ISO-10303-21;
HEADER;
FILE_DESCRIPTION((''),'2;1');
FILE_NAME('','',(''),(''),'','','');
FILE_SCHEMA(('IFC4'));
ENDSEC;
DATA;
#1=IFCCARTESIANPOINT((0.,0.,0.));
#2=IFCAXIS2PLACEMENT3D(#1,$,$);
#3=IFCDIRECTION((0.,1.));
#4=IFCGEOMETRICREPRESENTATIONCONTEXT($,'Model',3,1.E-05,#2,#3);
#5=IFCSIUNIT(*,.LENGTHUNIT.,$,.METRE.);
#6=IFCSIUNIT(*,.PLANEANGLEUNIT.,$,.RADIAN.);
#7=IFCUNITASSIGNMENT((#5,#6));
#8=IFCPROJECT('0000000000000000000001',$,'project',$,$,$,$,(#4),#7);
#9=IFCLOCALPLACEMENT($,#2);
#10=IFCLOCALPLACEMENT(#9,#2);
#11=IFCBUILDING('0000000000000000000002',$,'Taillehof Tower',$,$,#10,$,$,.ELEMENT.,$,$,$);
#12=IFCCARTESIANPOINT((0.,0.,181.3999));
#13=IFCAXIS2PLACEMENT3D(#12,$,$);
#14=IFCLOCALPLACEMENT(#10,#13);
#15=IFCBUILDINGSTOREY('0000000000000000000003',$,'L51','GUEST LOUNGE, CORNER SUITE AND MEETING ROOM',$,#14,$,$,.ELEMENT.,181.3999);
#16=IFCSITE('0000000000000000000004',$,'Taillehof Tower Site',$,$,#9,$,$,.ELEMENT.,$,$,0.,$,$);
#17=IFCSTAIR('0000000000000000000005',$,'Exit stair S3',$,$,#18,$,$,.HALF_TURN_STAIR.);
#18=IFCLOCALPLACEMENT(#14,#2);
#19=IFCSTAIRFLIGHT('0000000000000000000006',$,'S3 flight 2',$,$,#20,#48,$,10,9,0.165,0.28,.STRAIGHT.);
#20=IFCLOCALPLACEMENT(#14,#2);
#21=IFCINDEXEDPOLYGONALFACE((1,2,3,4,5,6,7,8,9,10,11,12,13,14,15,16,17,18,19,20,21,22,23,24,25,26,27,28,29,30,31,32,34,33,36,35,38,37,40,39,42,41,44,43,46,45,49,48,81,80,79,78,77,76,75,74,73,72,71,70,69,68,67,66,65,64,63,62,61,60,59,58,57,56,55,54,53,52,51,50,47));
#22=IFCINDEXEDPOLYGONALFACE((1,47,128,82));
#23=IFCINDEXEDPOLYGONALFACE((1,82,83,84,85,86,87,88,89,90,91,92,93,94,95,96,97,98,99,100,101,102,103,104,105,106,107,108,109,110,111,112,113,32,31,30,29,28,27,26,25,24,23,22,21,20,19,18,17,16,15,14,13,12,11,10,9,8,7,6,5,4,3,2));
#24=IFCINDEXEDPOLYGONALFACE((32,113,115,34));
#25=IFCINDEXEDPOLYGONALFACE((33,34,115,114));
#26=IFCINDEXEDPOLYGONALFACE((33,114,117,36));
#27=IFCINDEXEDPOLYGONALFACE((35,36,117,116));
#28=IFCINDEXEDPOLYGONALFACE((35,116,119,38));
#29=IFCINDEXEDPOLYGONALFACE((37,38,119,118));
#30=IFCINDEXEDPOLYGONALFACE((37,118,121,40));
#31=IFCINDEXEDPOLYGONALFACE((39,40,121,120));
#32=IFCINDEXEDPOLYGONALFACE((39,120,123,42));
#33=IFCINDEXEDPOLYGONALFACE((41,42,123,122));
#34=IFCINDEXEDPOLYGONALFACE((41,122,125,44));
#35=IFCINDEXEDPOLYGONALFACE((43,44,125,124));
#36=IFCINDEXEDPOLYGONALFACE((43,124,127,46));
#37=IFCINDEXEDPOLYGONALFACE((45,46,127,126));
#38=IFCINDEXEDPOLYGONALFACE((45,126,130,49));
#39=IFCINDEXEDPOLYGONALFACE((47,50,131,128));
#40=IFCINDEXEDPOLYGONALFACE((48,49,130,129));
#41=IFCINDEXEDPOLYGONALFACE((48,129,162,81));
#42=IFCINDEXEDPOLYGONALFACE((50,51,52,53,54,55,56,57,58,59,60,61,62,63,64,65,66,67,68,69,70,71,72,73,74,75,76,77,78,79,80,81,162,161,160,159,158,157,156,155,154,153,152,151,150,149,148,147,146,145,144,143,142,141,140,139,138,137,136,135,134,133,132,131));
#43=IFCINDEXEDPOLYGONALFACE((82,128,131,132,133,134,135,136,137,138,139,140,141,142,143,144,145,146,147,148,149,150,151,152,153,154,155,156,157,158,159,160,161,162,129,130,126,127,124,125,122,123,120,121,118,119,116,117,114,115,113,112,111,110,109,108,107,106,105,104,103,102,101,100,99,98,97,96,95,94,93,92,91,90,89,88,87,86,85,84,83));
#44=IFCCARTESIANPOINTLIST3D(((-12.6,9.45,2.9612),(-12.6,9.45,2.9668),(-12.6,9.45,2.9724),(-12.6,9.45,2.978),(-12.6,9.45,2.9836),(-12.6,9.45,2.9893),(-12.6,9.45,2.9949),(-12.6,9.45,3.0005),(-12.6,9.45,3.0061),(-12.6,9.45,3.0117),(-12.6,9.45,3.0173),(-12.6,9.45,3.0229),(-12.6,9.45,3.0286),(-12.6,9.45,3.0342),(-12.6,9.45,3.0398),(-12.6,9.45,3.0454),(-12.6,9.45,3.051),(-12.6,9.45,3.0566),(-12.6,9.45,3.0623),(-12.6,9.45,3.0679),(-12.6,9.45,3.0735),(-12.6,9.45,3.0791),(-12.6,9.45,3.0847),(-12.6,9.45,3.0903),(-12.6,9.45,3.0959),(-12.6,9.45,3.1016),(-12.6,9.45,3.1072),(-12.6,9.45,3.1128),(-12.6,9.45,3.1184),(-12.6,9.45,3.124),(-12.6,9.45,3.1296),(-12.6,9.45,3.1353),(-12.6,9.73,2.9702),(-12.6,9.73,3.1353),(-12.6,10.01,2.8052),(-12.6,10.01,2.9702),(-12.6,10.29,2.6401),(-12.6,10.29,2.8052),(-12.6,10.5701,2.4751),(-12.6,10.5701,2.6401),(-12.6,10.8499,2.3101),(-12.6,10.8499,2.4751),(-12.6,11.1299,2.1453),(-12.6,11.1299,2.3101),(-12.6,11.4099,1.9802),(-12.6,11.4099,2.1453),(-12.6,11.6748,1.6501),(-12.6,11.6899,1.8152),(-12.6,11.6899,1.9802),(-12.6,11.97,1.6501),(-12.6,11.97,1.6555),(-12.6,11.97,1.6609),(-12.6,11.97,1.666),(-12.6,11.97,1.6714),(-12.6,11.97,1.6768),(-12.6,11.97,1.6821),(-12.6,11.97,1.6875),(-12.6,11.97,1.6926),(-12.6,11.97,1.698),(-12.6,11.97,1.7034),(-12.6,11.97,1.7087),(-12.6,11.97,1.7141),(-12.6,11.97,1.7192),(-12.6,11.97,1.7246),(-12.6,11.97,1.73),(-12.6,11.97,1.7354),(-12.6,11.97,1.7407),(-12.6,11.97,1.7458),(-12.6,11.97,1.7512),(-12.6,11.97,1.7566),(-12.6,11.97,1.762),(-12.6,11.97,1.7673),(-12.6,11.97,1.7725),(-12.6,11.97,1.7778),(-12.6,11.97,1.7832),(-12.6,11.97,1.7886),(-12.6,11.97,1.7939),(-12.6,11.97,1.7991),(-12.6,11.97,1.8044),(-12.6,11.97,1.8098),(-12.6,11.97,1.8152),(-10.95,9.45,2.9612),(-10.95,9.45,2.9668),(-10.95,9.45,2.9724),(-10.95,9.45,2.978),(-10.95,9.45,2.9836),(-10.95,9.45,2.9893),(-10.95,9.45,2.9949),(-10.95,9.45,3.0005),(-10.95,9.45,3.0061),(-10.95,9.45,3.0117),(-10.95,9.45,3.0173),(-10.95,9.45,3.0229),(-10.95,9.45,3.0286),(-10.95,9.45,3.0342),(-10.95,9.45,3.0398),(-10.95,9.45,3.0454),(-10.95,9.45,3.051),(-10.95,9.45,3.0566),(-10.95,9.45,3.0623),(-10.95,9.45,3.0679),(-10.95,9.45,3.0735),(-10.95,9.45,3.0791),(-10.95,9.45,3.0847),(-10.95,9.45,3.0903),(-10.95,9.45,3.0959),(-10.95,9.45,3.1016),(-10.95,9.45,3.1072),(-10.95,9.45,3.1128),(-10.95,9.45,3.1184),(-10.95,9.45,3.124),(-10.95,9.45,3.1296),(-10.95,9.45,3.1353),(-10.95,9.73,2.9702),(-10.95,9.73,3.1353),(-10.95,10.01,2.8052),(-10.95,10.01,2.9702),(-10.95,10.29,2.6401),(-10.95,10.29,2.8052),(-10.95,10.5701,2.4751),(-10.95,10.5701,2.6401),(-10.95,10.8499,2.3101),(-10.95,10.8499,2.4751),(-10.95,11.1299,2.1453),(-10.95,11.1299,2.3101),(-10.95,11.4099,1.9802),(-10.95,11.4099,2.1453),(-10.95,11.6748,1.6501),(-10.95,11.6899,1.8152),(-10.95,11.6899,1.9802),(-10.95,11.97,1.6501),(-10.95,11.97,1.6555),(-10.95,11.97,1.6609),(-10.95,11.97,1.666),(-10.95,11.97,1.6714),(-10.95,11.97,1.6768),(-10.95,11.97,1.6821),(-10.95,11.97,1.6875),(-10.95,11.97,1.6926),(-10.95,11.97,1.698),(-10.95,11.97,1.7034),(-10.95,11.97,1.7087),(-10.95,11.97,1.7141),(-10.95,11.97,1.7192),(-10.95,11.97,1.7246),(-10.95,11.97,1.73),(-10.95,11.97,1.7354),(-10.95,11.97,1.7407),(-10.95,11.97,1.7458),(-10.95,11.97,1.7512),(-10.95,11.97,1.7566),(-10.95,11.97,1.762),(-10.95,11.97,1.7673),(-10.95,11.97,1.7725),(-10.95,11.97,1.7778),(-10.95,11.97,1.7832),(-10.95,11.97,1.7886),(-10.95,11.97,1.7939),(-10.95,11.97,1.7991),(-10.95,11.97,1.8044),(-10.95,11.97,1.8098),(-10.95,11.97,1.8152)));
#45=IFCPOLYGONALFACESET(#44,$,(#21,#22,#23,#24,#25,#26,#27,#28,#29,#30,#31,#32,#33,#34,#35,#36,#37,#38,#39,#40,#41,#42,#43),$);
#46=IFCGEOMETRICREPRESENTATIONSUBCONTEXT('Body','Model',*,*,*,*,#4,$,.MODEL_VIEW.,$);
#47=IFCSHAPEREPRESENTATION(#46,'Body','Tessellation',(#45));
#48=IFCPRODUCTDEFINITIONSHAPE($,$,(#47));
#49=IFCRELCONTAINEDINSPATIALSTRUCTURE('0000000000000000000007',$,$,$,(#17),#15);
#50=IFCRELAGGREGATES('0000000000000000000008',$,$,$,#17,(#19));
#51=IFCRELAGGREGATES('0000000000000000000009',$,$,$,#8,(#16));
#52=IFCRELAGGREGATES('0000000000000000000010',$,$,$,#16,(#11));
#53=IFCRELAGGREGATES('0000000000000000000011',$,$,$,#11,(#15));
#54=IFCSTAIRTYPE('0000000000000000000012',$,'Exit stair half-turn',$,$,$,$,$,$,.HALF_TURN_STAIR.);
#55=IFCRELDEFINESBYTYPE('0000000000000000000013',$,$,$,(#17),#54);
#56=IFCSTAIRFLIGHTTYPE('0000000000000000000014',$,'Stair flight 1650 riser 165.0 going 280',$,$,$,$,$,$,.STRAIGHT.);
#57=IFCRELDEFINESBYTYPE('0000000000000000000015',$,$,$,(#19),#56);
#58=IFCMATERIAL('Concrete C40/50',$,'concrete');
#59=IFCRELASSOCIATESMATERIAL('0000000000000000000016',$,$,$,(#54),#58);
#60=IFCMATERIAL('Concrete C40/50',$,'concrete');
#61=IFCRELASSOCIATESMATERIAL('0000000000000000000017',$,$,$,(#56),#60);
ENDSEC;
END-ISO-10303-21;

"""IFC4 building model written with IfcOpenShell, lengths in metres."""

from ifc_helpers import new_model, si_unit, direction, frame, origin, place, context, subcontext, project, spatial, polyline, outline, extrude, material, type_object, element, aggregate, save


model = new_model("IFC4")

# Units and contexts
model_context = context("Model", 3, precision=1e-05, world=origin(), true_north=direction((0.0, 1.0)))
body_context = subcontext(model_context, "Body", "Model", "MODEL_VIEW")
ifc_project = project(units=[si_unit("LENGTHUNIT", "METRE"), si_unit("PLANEANGLEUNIT", "RADIAN")], contexts=[model_context])

# Site, building, storey
site_placement = place(None, origin())
site = spatial("IfcSite", under=ifc_project, at=site_placement, Name="Taillehof Tower Site", CompositionType="ELEMENT", RefElevation=0.0)
building_placement = place(site_placement, origin())
building = spatial("IfcBuilding", under=site, at=building_placement, Name="Taillehof Tower", CompositionType="ELEMENT")
storey_placement = place(building_placement, frame((0.0, 0.0, 181.3999)))
storey = spatial("IfcBuildingStorey", under=building, at=storey_placement, Name="L51", Description="GUEST LOUNGE, CORNER SUITE AND MEETING ROOM", CompositionType="ELEMENT", Elevation=181.3999)

# Stair, stair flight
ifc_material_1 = material(Name="Concrete C40/50", Category="concrete")
stair_type = type_object("IfcStairType", Name="Exit stair half-turn", PredefinedType="HALF_TURN_STAIR", material=ifc_material_1)
stair_placement = place(storey_placement, origin())
stair = element("IfcStair", 1, at=stair_placement, inside=storey, type_object=stair_type, Name="Exit stair S3", PredefinedType="HALF_TURN_STAIR")
ifc_material_2 = material(Name="Concrete C40/50", Category="concrete")
stair_flight_type = type_object("IfcStairFlightType", Name="Stair flight 1650 riser 165.0 going 280", PredefinedType="STRAIGHT", material=ifc_material_2)
stair_flight_placement = place(storey_placement, frame((-11.7749, 11.97, 1.6501), z_axis=(0.0, 0.0, 1.0), x_axis=(0.0, -1.0, 0.0)))
stair_flight = element("IfcStairFlight", 2, at=stair_flight_placement, type_object=stair_flight_type, Name="S3 flight 2", NumberOfRisers=10, NumberOfTreads=9, PredefinedType="STRAIGHT", RiserHeight=0.165, TreadLength=0.28, context=body_context, shape_type="SweptSolid", body=[
    extrude(outline(polyline([(0.0, 0.0), (0.0, 0.0054), (0.0, 0.0107), (0.0, 0.0159), (0.0, 0.0212), (0.0, 0.0266), (0.0, 0.032), (0.0, 0.0374), (0.0, 0.0425), (0.0, 0.0479), (0.0, 0.0532), (0.0, 0.0586), (0.0, 0.064), (0.0, 0.0691), (0.0, 0.0745), (0.0, 0.0798), (0.0, 0.0852), (0.0, 0.0906), (0.0, 0.0957), (0.0, 0.1011), (0.0, 0.1064), (0.0, 0.1118), (0.0, 0.1172), (0.0, 0.1223), (0.0, 0.1277), (0.0, 0.1331), (0.0, 0.1384), (0.0, 0.1438), (0.0, 0.1489), (0.0, 0.1543), (0.0, 0.1597), (0.0, 0.165), (0.28, 0.165), (0.28, 0.3301), (0.5601, 0.3301), (0.5601, 0.4951), (0.8401, 0.4951), (0.8401, 0.6599), (1.1201, 0.6599), (1.1201, 0.825), (1.3999, 0.825), (1.3999, 0.99), (1.6799, 0.99), (1.6799, 1.155), (1.96, 1.155), (1.96, 1.3201), (2.24, 1.3201), (2.24, 1.4851), (2.52, 1.4851), (2.52, 1.4795), (2.52, 1.4739), (2.52, 1.4683), (2.52, 1.4626), (2.52, 1.457), (2.52, 1.4514), (2.52, 1.4458), (2.52, 1.4402), (2.52, 1.4346), (2.52, 1.429), (2.52, 1.4233), (2.52, 1.4177), (2.52, 1.4121), (2.52, 1.4065), (2.52, 1.4009), (2.52, 1.3953), (2.52, 1.3896), (2.52, 1.384), (2.52, 1.3784), (2.52, 1.3728), (2.52, 1.3672), (2.52, 1.3616), (2.52, 1.356), (2.52, 1.3503), (2.52, 1.3447), (2.52, 1.3391), (2.52, 1.3335), (2.52, 1.3279), (2.52, 1.3223), (2.52, 1.3167), (2.52, 1.311), (0.2952, 0.0), (0.0, 0.0)])), frame((0.0, 0.825, 0.0), z_axis=(0.0, -1.0, 0.0), x_axis=(1.0, 0.0, 0.0)), (0.0, 0.0, 1.0), 1.65),
])
aggregate(stair, [stair_flight])

save(model, "model.ifc")
